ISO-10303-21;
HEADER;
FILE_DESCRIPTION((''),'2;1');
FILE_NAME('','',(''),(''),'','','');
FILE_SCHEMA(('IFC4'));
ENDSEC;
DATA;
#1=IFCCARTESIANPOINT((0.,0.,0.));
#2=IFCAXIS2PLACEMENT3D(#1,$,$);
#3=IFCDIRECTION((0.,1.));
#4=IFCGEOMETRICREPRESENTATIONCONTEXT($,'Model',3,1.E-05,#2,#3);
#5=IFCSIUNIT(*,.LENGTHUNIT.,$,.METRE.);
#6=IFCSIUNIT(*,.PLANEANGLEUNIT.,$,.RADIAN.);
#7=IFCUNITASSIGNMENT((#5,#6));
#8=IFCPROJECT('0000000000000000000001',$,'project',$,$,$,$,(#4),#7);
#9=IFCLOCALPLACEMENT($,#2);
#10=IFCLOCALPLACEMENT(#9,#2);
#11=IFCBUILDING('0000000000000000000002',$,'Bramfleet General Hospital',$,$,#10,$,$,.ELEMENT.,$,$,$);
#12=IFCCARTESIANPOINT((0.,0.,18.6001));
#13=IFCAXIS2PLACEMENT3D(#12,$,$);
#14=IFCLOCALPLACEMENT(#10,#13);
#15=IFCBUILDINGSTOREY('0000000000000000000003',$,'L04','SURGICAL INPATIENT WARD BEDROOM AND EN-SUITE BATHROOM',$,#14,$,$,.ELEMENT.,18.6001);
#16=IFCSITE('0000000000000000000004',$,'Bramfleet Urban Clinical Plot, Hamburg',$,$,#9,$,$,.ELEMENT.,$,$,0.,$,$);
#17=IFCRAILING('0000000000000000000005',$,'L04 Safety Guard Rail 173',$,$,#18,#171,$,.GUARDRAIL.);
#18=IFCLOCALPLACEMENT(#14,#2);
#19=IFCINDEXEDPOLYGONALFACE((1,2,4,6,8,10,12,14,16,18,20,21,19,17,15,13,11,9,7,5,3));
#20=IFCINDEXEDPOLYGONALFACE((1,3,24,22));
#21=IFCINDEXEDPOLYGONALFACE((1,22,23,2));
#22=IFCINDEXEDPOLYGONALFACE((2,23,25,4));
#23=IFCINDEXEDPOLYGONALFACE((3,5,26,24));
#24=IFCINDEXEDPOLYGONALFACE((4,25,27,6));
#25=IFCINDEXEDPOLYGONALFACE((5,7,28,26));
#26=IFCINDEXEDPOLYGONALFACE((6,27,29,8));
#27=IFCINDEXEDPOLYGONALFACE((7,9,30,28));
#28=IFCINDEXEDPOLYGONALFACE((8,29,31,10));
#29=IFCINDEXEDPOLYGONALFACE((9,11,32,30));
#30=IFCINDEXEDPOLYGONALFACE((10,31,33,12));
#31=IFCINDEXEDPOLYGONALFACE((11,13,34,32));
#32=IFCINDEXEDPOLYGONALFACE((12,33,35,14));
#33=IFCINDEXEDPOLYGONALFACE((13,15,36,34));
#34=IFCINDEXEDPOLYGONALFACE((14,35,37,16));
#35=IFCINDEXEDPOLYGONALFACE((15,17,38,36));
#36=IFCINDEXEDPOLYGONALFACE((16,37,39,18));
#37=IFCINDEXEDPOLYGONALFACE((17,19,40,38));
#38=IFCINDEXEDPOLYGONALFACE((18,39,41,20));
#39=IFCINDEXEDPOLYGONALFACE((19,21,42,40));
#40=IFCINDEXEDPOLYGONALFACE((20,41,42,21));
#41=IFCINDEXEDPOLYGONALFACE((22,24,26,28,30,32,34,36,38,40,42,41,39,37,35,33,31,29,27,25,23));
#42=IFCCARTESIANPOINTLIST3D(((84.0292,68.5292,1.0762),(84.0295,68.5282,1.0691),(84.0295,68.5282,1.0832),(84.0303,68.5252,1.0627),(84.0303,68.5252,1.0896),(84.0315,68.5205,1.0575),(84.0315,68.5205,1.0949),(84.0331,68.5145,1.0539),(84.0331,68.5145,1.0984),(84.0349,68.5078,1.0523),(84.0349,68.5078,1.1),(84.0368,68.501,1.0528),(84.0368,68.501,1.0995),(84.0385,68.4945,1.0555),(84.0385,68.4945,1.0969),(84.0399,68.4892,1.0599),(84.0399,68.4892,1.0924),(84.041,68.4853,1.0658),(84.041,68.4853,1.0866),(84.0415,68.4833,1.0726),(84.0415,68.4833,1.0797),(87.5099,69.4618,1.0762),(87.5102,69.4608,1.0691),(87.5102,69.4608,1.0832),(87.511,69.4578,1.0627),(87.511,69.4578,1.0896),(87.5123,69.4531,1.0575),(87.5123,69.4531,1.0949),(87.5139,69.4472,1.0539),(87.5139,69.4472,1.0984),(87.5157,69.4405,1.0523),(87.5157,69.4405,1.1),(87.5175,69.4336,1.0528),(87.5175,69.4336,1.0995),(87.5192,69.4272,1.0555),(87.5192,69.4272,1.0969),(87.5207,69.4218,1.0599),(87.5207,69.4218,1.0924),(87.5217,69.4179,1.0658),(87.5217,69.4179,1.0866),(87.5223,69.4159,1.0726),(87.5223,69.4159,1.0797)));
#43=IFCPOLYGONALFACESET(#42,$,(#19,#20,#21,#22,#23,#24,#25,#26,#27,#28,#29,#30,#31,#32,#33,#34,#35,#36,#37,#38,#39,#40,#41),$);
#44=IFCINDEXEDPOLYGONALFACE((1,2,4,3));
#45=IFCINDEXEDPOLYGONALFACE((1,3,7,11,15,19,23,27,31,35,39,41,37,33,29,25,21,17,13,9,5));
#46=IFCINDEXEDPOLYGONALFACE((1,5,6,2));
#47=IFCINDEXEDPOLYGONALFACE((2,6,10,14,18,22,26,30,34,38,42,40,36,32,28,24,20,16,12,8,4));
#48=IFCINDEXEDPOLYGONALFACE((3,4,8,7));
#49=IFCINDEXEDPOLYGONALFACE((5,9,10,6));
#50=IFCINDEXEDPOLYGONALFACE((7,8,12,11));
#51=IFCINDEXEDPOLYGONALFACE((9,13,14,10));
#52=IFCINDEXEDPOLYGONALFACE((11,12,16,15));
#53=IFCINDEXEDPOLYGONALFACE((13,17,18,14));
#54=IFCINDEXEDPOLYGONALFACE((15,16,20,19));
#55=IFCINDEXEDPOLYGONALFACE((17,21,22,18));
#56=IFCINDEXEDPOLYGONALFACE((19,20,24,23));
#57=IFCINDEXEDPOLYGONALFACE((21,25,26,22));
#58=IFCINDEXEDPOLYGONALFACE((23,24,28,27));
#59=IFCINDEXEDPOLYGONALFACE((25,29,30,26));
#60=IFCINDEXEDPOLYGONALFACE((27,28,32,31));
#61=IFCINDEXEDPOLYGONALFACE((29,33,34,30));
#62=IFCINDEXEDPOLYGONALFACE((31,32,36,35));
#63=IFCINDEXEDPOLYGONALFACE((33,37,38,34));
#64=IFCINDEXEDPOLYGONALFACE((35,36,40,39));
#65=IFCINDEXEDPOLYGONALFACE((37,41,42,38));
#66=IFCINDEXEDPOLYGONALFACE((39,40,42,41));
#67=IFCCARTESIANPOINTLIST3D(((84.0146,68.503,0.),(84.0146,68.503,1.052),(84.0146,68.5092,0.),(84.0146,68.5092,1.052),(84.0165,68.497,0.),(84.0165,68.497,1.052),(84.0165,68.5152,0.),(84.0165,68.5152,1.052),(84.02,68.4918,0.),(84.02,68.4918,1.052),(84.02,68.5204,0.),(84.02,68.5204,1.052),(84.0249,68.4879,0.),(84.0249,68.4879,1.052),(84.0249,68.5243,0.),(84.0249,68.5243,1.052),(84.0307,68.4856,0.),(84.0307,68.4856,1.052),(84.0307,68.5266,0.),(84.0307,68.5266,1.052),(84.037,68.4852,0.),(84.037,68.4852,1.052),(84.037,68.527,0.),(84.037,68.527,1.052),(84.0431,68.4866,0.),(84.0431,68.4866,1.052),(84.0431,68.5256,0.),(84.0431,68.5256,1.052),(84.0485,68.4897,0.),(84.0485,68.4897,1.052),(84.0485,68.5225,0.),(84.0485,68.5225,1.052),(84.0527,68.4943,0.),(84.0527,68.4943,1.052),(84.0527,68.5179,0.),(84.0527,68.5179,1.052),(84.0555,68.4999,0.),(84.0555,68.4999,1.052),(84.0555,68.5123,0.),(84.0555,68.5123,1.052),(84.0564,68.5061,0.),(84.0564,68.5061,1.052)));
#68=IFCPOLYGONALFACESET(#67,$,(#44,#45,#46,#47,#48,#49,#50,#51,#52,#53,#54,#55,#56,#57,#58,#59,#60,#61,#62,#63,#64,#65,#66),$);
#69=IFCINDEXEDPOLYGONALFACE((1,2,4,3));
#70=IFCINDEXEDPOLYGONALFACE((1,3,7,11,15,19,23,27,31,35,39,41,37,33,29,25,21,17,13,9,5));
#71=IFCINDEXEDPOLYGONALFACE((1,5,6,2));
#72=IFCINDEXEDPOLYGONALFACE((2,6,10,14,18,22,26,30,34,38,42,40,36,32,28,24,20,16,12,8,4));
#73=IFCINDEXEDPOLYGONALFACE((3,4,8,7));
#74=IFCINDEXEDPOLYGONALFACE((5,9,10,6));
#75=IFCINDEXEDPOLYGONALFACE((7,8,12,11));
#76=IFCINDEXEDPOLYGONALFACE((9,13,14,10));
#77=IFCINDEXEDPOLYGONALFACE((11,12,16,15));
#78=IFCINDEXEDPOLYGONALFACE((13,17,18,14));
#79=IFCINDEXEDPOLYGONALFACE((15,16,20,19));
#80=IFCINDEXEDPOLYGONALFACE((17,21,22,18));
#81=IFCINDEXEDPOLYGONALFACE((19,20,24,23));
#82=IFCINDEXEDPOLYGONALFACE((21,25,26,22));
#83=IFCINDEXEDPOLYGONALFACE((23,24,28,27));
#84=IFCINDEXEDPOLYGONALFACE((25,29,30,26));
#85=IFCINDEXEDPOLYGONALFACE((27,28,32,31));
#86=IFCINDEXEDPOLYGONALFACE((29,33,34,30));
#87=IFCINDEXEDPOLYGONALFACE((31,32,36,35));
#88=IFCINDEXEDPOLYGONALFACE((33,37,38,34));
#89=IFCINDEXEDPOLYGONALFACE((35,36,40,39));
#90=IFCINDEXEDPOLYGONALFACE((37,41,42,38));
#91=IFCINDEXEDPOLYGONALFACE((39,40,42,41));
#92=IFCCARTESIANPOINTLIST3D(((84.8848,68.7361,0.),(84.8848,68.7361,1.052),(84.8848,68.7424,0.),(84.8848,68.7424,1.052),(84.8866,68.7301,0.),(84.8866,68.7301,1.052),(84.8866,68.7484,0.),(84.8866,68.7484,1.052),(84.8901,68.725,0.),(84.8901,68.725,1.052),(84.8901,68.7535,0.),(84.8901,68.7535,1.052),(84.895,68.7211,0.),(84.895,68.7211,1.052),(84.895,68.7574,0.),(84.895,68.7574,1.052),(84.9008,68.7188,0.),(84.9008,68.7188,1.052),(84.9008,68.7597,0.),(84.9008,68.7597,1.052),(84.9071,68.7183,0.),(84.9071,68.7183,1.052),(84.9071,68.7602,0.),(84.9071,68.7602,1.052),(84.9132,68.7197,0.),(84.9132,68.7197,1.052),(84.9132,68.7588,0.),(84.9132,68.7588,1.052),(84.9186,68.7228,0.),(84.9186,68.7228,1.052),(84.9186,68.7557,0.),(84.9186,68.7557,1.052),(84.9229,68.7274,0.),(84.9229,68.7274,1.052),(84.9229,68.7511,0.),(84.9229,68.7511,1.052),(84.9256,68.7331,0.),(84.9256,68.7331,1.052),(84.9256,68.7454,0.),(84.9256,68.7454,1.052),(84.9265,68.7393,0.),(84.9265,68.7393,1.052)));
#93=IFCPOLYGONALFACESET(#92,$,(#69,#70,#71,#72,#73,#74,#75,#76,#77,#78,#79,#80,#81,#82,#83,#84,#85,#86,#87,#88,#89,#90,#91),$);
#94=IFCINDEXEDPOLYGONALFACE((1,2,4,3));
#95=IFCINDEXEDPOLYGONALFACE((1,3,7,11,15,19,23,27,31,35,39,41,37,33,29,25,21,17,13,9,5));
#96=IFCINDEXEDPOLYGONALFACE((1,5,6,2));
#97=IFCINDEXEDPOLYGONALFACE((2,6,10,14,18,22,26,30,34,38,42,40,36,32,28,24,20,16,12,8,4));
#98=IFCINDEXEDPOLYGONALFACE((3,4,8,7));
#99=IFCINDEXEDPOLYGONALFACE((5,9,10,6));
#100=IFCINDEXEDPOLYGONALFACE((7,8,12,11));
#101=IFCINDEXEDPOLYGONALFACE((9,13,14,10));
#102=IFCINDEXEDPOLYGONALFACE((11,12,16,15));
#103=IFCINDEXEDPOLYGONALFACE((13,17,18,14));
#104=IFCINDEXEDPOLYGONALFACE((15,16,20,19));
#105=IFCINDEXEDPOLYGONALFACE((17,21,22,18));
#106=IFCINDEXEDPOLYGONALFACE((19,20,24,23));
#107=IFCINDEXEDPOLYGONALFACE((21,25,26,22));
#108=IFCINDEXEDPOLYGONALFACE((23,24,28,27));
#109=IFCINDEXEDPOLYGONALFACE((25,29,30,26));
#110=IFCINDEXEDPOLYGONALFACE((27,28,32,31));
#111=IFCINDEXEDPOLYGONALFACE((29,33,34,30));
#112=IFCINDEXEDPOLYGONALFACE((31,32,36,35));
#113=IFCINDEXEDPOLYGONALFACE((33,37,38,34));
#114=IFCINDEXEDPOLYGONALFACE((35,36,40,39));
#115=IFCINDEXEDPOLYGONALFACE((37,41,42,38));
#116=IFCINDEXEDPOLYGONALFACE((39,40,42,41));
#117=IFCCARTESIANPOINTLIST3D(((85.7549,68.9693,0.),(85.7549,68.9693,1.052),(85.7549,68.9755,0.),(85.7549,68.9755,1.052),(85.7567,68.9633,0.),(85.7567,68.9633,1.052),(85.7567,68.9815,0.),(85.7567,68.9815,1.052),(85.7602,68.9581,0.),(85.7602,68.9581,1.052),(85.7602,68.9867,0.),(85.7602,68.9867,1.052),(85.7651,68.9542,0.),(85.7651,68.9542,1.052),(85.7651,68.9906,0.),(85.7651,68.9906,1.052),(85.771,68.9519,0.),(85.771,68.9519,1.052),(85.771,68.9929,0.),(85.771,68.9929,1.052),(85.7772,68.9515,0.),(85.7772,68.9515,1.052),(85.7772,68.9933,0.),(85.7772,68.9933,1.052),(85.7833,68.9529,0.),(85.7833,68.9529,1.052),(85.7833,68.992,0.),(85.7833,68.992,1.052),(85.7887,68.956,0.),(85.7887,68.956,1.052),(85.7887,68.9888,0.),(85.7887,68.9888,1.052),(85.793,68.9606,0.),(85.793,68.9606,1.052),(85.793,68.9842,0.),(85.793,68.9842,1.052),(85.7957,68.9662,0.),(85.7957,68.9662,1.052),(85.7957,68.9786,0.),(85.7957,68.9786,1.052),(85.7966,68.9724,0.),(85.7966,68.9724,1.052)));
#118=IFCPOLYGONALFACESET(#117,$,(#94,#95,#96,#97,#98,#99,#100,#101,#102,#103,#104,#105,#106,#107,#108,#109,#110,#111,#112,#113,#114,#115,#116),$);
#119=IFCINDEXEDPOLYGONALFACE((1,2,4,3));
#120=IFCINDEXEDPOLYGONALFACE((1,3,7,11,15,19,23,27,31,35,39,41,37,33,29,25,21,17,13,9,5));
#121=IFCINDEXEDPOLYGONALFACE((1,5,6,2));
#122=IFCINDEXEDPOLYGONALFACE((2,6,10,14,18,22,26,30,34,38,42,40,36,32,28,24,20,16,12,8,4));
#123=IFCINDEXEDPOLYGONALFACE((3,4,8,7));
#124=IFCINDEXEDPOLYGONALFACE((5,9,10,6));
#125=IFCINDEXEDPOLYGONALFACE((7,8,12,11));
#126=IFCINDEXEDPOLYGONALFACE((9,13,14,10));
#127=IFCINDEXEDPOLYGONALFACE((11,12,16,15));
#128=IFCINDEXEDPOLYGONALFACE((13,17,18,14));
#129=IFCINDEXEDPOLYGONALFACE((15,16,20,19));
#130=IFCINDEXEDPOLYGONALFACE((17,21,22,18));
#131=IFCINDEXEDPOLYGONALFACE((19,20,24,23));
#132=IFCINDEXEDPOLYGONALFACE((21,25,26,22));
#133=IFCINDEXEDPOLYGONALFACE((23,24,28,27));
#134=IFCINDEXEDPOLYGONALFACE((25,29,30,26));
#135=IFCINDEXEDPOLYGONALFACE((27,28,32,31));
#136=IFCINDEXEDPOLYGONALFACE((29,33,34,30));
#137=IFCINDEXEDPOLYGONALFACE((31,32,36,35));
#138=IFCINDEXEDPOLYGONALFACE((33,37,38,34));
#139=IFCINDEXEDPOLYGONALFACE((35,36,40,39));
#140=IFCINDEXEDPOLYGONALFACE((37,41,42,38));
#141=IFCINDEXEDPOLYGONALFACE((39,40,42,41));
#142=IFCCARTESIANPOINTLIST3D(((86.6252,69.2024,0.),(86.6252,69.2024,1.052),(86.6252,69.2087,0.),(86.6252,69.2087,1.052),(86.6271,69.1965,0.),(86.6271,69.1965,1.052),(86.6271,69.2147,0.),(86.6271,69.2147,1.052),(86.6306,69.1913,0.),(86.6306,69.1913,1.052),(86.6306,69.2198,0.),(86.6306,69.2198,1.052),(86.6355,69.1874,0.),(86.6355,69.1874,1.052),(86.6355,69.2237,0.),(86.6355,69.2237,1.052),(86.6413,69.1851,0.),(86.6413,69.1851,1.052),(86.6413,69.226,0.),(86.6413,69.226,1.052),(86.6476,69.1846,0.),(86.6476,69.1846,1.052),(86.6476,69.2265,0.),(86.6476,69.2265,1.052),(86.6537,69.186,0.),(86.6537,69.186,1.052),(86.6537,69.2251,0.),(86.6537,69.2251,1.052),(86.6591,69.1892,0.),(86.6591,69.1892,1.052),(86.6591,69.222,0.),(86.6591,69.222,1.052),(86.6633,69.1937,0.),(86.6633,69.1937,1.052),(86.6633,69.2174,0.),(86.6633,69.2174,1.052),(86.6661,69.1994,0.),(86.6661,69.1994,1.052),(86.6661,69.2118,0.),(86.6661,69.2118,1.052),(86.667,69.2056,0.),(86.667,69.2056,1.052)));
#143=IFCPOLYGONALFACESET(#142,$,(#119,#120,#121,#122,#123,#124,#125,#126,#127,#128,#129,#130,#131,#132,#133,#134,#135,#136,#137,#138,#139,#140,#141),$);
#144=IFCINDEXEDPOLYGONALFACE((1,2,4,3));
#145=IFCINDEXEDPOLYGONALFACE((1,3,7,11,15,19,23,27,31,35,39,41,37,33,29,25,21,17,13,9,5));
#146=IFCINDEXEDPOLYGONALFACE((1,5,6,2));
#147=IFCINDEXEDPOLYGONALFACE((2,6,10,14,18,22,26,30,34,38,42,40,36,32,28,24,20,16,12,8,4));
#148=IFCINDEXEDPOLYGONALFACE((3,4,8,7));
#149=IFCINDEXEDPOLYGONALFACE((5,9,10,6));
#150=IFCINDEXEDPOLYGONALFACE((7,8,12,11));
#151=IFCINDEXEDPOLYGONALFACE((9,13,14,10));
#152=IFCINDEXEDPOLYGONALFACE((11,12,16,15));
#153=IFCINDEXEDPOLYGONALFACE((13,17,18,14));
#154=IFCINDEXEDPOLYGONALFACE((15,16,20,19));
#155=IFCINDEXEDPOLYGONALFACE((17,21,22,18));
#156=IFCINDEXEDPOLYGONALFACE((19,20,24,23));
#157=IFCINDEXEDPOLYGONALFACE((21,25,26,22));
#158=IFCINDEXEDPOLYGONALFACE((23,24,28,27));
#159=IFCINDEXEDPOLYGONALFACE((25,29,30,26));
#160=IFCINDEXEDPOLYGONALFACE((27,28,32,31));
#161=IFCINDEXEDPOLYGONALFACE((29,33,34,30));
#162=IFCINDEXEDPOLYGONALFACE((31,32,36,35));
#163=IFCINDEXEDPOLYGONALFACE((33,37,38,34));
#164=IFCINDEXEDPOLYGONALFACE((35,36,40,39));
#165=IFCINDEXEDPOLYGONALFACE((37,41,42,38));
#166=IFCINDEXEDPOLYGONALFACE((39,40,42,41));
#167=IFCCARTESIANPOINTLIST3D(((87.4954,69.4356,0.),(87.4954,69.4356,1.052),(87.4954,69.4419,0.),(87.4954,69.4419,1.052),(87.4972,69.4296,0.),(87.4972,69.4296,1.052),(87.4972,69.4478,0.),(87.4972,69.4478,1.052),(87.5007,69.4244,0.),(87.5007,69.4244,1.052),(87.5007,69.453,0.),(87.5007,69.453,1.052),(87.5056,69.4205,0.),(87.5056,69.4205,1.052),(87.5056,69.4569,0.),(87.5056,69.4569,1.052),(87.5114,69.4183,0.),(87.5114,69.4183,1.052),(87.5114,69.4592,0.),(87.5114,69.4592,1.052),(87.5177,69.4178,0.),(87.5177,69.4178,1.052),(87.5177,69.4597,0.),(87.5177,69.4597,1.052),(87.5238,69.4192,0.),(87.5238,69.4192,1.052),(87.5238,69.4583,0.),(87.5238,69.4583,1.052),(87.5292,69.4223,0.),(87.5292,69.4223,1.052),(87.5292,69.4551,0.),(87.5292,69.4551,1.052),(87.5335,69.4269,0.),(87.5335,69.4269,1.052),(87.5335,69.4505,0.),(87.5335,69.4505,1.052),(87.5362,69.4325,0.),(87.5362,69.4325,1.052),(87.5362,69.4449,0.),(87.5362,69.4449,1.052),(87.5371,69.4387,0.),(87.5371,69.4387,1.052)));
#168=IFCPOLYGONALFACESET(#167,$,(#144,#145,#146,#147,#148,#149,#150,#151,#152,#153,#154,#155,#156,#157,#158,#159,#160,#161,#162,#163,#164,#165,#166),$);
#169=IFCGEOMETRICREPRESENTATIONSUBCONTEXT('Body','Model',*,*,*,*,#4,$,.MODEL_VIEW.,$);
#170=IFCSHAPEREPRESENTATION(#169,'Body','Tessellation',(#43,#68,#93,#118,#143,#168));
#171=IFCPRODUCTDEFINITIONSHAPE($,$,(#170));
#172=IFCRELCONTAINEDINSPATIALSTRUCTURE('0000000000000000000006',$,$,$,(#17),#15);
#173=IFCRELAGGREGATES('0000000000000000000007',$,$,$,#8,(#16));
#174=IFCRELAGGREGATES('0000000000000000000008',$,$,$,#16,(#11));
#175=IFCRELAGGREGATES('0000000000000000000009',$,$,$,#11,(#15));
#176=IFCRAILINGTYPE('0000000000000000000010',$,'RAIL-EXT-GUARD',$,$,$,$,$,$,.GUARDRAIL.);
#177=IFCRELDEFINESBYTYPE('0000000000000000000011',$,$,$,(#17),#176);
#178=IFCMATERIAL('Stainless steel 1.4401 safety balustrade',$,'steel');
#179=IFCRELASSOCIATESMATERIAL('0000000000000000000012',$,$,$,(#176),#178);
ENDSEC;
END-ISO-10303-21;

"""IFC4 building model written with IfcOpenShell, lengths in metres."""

from ifc_helpers import new_model, si_unit, direction, frame, origin, origin_2d, place, context, subcontext, project, spatial, circle, extrude, material, type_object, element, save


model = new_model("IFC4")

# Units and contexts
model_context = context("Model", 3, precision=1e-05, world=origin(), true_north=direction((0.0, 1.0)))
body_context = subcontext(model_context, "Body", "Model", "MODEL_VIEW")
ifc_project = project(units=[si_unit("LENGTHUNIT", "METRE"), si_unit("PLANEANGLEUNIT", "RADIAN")], contexts=[model_context])

# Site, building, storey
site_placement = place(None, origin())
site = spatial("IfcSite", under=ifc_project, at=site_placement, Name="Bramfleet Urban Clinical Plot, Hamburg", CompositionType="ELEMENT", RefElevation=0.0)
building_placement = place(site_placement, origin())
building = spatial("IfcBuilding", under=site, at=building_placement, Name="Bramfleet General Hospital", CompositionType="ELEMENT")
storey_placement = place(building_placement, frame((0.0, 0.0, 18.6001)))
storey = spatial("IfcBuildingStorey", under=building, at=storey_placement, Name="L04", Description="SURGICAL INPATIENT WARD BEDROOM AND EN-SUITE BATHROOM", CompositionType="ELEMENT", Elevation=18.6001)

# Railing
ifc_material_1 = material(Name="Stainless steel 1.4401 safety balustrade", Category="steel")
railing_type = type_object("IfcRailingType", Name="RAIL-EXT-GUARD", PredefinedType="GUARDRAIL", material=ifc_material_1)
railing_1_placement = place(storey_placement, frame((84.0354, 68.5061, 0.0)))
element("IfcRailing", 1, at=railing_1_placement, inside=storey, type_object=railing_type, Name="L04 Safety Guard Rail 173", PredefinedType="GUARDRAIL", context=body_context, shape_type="SweptSolid", body=[
    extrude(circle(Radius=0.0239, at=origin_2d()), frame((0.0, 0.0, 1.0762), z_axis=(0.965928, 0.258809, 0.0), x_axis=(-0.258809, 0.965928, 0.0)), (0.0, 0.0, 1.0), 3.6035),
    extrude(circle(Radius=0.021, at=origin_2d()), origin(), (0.0, 0.0, 1.0), 1.052),
    extrude(circle(Radius=0.021, at=origin_2d()), frame((0.8701, 0.2332, 0.0)), (0.0, 0.0, 1.0), 1.052),
    extrude(circle(Radius=0.021, at=origin_2d()), frame((1.7402, 0.4663, 0.0)), (0.0, 0.0, 1.0), 1.052),
    extrude(circle(Radius=0.021, at=origin_2d()), frame((2.6106, 0.6995, 0.0)), (0.0, 0.0, 1.0), 1.052),
    extrude(circle(Radius=0.021, at=origin_2d()), frame((3.4807, 0.9326, 0.0)), (0.0, 0.0, 1.0), 1.052),
])

save(model, "model.ifc")
